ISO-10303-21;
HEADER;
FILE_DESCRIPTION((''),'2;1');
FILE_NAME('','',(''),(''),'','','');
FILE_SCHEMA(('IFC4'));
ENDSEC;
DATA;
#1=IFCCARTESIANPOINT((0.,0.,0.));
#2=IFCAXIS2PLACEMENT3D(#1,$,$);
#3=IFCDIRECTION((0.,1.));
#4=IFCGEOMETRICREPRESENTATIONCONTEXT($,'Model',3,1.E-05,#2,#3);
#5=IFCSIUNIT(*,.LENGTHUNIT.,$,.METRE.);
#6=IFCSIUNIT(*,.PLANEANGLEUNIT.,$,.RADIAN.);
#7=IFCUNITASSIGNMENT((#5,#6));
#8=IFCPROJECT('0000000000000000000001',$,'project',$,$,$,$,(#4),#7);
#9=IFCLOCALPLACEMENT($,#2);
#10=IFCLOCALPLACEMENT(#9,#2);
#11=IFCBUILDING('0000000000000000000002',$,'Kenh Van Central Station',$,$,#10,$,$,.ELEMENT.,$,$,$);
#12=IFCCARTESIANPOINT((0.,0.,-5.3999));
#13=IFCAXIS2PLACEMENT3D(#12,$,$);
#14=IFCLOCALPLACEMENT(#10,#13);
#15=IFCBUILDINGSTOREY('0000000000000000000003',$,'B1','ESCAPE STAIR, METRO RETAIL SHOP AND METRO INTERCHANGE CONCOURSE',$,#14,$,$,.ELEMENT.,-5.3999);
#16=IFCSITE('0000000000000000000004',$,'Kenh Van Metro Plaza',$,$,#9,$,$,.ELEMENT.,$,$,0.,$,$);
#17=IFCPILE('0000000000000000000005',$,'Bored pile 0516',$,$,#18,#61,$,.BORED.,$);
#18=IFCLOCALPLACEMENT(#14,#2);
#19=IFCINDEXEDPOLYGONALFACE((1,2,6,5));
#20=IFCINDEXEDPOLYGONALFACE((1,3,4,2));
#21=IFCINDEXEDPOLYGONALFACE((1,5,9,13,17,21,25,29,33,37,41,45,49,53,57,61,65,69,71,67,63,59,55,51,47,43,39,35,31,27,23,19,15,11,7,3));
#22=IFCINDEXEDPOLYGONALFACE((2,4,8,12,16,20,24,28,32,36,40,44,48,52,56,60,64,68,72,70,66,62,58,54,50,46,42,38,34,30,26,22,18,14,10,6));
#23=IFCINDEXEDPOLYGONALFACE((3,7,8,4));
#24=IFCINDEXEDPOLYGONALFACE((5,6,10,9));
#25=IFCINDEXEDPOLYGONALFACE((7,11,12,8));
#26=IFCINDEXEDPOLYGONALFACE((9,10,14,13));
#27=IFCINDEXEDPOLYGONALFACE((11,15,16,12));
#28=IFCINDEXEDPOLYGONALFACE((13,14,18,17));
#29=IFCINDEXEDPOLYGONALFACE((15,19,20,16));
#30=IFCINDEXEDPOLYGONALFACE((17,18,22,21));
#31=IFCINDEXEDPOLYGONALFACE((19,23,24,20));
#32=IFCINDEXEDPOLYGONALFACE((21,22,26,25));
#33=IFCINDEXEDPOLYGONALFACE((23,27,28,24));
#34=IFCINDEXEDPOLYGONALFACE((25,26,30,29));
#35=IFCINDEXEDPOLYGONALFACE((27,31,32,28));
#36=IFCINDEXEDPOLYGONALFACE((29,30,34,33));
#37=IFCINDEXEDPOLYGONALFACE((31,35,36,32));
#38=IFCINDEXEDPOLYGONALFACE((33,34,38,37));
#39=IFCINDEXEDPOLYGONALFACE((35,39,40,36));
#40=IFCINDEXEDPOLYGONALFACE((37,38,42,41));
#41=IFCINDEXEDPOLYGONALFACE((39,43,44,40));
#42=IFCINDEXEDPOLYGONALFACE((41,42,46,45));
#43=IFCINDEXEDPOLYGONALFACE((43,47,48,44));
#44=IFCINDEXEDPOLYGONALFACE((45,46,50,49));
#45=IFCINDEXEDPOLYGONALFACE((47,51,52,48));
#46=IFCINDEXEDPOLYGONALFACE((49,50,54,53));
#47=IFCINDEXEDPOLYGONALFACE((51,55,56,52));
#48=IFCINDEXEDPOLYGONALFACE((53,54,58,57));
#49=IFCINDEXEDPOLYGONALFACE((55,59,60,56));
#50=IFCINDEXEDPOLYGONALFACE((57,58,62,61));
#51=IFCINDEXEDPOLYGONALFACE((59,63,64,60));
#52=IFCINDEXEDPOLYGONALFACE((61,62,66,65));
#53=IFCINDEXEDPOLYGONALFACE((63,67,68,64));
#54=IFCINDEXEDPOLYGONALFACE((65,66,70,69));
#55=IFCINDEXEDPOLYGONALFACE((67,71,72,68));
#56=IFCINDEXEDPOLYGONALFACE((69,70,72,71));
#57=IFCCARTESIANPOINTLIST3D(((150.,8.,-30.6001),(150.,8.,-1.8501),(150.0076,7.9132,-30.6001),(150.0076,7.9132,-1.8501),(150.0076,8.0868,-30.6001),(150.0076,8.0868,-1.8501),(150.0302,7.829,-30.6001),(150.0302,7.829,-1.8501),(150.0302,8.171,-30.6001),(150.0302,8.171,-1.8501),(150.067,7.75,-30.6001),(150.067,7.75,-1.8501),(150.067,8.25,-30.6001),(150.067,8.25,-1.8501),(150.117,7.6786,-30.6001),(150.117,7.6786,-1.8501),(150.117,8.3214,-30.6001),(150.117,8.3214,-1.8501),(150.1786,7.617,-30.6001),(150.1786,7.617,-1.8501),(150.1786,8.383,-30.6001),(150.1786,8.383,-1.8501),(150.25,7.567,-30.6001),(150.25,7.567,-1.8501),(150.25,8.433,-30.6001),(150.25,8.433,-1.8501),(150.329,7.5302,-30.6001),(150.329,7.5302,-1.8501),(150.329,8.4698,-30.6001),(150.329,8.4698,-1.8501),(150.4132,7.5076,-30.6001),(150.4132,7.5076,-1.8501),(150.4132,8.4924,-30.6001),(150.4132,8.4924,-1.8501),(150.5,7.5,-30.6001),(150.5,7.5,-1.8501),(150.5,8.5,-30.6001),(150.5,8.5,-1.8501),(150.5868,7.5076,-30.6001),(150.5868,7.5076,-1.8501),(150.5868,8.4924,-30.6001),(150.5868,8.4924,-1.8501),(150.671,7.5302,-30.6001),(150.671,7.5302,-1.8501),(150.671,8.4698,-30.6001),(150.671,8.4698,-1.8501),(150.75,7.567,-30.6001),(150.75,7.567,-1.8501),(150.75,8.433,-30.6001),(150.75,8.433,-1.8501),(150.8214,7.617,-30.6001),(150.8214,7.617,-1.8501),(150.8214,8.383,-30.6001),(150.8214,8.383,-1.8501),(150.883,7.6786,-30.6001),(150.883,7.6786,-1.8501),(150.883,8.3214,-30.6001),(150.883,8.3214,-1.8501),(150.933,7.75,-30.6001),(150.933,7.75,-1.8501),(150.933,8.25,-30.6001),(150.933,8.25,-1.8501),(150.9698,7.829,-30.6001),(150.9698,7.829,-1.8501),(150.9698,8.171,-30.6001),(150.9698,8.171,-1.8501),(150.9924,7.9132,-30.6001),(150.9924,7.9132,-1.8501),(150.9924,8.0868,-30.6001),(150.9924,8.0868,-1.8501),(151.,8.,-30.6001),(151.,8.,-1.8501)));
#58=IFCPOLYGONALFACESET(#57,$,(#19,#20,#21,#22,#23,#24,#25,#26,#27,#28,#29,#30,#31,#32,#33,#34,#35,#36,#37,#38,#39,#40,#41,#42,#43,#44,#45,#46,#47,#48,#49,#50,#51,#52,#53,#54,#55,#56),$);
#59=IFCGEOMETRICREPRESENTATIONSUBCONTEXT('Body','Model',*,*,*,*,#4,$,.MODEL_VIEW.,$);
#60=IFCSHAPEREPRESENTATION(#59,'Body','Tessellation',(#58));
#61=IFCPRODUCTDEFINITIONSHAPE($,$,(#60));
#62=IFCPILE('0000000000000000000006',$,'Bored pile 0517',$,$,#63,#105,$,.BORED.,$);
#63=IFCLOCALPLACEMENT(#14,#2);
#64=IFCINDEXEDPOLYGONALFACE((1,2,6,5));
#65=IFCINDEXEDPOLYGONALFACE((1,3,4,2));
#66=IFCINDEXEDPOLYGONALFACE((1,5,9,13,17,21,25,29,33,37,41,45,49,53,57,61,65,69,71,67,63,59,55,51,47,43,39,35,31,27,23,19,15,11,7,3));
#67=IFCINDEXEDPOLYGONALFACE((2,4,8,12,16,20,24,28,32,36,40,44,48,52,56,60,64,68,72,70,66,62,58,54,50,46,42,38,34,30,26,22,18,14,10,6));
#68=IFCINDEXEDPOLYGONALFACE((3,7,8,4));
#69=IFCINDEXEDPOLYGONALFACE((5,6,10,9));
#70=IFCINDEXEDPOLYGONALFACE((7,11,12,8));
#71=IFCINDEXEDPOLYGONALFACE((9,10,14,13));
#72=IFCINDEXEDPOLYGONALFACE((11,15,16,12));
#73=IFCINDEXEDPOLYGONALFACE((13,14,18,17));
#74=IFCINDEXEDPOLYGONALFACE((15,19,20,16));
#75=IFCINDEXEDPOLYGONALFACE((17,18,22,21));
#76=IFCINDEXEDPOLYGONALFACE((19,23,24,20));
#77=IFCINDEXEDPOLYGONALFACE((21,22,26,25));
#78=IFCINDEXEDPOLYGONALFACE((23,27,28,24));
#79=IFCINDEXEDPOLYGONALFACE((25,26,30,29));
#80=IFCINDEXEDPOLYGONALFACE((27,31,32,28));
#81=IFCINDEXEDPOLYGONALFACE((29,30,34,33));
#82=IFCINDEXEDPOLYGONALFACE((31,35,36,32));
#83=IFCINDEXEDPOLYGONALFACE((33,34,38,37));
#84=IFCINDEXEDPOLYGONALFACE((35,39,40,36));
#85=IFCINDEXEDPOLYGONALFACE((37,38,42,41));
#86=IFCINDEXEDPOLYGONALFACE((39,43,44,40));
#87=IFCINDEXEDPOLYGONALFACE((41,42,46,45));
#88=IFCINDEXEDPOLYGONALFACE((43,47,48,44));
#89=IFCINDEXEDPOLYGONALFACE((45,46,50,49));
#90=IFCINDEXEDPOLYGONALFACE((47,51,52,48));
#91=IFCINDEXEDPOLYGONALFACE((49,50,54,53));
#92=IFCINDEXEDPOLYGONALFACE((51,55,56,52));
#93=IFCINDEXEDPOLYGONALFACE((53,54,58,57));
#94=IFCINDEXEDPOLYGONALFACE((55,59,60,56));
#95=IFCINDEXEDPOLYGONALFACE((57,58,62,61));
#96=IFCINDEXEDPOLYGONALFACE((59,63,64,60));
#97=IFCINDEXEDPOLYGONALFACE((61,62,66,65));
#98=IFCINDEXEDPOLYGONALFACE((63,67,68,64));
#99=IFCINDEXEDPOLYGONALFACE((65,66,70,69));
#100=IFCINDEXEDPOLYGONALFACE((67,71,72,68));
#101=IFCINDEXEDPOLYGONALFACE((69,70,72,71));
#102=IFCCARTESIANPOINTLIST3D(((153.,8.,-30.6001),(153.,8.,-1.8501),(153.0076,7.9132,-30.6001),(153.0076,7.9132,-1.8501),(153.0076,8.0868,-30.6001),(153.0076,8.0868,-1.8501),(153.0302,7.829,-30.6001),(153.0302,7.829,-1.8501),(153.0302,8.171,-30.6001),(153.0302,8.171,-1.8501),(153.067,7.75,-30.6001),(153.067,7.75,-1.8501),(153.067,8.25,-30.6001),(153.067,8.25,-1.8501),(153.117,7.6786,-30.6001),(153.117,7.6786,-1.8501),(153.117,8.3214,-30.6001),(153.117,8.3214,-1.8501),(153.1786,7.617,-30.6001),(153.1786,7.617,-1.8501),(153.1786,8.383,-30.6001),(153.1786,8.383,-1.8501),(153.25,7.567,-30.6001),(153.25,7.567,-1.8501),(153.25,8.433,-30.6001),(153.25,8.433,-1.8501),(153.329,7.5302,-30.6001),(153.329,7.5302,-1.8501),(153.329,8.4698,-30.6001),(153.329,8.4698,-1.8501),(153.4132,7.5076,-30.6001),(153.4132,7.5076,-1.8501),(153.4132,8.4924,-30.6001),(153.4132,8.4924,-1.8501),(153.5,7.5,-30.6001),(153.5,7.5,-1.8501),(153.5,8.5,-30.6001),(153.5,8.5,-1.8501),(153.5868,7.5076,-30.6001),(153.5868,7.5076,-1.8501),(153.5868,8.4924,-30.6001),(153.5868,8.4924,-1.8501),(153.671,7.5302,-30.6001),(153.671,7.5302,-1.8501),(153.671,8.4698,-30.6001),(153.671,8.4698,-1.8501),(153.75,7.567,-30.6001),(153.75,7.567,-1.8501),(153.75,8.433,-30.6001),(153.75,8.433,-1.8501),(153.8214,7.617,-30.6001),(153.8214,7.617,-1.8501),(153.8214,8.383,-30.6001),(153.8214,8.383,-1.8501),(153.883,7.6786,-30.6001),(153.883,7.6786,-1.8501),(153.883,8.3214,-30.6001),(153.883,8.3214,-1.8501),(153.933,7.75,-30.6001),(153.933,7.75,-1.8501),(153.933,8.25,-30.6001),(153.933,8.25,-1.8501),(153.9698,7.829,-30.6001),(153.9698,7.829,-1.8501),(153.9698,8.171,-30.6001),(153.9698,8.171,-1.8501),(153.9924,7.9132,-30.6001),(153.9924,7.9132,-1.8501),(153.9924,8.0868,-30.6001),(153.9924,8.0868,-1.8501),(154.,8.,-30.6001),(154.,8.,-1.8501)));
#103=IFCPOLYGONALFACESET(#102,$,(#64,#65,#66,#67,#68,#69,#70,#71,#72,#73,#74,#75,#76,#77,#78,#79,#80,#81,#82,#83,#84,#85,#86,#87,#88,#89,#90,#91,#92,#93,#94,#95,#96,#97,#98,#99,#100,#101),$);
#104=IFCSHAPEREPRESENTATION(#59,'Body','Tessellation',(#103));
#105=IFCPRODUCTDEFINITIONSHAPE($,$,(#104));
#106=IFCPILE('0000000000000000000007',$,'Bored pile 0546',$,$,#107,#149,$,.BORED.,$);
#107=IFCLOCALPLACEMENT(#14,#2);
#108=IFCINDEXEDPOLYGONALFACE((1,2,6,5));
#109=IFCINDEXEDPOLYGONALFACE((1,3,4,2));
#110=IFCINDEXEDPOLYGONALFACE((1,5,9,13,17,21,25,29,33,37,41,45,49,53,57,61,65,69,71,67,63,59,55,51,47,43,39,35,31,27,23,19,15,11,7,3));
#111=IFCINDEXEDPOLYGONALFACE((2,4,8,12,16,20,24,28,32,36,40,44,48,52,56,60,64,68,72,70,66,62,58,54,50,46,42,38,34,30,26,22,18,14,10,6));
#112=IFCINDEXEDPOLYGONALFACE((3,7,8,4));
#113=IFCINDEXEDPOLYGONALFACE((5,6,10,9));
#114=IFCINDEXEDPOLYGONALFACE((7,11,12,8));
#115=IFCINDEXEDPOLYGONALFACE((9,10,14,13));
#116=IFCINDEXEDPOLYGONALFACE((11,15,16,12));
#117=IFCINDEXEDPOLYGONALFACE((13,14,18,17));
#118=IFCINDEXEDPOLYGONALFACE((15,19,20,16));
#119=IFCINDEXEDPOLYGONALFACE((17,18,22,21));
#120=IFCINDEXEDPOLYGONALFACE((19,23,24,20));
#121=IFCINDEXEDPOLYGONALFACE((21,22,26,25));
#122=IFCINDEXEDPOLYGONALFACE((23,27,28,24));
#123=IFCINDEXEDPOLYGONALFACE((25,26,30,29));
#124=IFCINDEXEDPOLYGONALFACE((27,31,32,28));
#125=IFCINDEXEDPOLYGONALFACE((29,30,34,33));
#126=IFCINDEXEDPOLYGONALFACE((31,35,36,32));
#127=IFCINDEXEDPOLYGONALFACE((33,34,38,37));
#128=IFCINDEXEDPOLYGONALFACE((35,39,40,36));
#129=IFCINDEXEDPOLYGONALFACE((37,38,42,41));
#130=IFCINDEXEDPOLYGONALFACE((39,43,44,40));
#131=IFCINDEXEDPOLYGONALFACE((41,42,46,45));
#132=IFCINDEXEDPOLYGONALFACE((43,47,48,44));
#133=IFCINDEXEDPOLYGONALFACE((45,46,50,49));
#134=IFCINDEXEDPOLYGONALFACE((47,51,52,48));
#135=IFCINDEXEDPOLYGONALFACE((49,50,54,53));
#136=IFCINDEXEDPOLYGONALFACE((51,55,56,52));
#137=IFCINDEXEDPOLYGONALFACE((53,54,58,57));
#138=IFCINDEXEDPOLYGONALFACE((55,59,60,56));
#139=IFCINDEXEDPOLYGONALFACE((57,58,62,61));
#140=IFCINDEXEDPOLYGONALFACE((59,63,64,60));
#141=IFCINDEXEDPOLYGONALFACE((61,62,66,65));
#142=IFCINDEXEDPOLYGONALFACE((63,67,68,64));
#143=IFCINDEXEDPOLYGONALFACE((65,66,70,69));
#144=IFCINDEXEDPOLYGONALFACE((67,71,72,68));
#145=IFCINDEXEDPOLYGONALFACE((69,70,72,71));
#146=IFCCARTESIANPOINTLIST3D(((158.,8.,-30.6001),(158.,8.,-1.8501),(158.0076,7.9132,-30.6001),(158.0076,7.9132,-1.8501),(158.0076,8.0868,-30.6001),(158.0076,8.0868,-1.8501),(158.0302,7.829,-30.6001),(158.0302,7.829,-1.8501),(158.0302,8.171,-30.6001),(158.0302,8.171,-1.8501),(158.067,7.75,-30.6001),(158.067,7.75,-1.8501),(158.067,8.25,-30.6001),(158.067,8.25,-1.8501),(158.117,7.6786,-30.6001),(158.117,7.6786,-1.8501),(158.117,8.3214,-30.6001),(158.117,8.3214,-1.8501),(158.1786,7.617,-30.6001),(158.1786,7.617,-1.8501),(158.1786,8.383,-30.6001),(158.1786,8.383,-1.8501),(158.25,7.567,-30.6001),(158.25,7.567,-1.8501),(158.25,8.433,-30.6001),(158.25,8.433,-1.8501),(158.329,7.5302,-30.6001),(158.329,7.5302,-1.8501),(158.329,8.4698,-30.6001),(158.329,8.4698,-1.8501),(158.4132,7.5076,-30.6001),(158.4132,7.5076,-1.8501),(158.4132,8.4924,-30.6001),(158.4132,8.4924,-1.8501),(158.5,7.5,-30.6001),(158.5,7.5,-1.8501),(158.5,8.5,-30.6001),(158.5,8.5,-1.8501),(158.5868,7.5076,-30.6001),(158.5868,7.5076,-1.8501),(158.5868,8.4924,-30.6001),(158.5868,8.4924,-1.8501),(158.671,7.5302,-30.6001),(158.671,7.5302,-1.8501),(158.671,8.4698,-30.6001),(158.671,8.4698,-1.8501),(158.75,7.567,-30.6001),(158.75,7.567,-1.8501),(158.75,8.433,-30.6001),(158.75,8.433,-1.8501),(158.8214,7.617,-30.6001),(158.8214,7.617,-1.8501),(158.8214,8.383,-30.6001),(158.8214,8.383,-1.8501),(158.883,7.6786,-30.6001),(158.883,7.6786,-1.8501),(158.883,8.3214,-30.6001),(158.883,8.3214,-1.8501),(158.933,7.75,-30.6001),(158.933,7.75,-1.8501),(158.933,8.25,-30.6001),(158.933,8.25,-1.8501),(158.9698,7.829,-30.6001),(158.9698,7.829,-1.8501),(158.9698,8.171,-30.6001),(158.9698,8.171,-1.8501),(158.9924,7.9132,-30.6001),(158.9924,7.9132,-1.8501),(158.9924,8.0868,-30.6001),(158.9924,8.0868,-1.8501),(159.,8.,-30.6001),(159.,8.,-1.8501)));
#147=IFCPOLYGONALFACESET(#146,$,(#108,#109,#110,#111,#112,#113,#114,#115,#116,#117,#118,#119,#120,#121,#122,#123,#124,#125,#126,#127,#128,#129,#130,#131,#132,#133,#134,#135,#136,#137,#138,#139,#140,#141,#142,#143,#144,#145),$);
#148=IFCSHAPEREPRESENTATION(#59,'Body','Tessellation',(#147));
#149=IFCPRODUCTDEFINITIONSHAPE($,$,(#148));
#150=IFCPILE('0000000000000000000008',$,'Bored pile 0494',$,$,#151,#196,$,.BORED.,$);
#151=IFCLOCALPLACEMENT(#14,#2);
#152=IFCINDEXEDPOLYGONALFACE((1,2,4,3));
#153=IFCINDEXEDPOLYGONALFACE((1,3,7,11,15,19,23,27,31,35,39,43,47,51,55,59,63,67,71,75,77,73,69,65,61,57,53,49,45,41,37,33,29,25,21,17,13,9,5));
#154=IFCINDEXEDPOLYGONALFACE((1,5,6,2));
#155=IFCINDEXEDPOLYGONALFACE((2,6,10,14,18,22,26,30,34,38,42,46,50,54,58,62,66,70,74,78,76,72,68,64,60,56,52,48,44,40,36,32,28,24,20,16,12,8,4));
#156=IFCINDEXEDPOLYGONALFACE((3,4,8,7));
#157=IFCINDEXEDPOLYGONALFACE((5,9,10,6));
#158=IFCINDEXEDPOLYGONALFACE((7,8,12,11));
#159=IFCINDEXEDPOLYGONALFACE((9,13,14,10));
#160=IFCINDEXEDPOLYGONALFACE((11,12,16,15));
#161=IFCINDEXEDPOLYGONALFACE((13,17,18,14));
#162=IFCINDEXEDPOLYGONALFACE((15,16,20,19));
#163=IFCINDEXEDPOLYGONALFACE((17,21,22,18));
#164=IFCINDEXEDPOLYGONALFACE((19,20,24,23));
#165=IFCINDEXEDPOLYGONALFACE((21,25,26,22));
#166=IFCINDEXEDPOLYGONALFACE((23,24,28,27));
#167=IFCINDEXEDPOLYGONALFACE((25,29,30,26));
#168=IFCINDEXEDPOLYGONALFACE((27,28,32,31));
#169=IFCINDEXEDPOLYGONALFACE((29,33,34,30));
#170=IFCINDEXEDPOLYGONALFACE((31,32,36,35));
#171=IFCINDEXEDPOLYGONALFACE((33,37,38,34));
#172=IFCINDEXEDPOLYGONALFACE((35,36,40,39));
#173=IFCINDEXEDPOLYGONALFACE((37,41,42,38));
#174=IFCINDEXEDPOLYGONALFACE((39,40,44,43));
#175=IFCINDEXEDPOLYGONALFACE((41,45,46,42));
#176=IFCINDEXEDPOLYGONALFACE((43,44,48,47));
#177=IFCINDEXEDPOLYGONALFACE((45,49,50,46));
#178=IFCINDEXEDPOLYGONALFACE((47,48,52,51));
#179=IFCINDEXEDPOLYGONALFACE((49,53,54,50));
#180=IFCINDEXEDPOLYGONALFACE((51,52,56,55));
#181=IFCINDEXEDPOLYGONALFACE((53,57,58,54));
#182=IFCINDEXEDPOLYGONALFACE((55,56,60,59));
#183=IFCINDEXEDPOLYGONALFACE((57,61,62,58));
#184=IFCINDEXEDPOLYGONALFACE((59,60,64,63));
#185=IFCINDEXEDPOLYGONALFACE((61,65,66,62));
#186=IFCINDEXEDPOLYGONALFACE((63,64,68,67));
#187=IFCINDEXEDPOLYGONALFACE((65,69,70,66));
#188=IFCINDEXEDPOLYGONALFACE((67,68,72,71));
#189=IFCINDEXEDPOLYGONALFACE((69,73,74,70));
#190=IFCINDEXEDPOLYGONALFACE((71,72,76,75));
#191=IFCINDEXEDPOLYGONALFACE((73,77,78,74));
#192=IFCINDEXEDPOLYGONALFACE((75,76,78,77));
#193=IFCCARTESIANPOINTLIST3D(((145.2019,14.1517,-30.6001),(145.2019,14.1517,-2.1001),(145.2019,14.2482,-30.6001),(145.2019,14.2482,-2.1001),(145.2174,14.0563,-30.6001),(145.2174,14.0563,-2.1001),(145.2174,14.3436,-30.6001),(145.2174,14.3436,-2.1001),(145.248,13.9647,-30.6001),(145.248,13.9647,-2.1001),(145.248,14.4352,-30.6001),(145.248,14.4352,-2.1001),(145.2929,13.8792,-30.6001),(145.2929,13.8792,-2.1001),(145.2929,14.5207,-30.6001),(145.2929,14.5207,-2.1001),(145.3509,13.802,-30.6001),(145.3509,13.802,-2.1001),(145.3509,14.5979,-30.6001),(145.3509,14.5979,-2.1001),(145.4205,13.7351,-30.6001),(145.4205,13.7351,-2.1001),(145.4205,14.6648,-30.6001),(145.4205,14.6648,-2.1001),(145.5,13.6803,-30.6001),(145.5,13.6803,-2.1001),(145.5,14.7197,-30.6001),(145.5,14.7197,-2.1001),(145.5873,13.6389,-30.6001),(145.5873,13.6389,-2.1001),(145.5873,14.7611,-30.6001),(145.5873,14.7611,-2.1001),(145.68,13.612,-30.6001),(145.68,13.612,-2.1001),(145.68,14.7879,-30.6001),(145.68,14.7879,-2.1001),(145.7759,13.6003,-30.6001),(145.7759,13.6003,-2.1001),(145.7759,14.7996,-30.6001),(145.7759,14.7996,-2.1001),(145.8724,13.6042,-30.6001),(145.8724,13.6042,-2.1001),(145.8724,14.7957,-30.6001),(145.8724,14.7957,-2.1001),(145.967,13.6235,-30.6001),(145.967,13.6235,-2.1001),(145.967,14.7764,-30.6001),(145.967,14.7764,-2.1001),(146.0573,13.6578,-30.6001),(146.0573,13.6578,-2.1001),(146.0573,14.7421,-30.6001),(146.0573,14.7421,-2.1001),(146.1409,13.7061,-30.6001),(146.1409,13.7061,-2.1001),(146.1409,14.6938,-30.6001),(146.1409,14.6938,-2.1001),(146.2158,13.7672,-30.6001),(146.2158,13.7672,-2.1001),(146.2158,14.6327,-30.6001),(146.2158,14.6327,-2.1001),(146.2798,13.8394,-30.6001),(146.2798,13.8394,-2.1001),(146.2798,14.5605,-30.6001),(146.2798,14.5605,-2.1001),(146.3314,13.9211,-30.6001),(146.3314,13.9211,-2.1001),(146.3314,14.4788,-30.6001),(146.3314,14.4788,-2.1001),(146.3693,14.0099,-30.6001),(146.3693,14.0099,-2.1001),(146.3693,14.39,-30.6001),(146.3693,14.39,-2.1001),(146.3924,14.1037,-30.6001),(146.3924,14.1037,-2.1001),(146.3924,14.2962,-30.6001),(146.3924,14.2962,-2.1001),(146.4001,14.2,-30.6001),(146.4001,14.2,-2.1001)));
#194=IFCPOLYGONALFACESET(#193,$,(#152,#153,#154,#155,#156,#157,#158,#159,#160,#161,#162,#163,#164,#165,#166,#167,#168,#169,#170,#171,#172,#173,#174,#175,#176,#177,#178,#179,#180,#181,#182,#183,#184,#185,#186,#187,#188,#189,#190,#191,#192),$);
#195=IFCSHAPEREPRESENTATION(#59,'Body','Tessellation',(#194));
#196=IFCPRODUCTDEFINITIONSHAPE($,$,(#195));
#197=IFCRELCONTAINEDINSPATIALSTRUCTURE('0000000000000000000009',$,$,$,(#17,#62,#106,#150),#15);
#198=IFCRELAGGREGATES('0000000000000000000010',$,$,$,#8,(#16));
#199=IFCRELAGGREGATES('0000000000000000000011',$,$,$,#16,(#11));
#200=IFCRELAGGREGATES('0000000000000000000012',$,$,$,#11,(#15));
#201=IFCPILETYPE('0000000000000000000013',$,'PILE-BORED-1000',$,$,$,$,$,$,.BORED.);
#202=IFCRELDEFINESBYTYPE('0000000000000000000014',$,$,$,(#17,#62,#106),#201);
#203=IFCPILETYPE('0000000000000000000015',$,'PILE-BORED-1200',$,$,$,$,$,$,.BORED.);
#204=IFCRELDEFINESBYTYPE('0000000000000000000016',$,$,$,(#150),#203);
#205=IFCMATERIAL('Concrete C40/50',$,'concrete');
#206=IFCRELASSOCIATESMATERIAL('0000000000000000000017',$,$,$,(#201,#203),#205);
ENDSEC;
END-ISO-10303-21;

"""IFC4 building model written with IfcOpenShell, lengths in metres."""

from ifc_helpers import new_model, si_unit, direction, frame, origin, origin_2d, place, context, subcontext, project, spatial, circle, extrude, material, material_profile, profile_set, type_object, element, save


model = new_model("IFC4")

# Units and contexts
model_context = context("Model", 3, precision=1e-05, world=origin(), true_north=direction((0.0, 1.0)))
body_context = subcontext(model_context, "Body", "Model", "MODEL_VIEW")
ifc_project = project(units=[si_unit("LENGTHUNIT", "METRE"), si_unit("PLANEANGLEUNIT", "RADIAN")], contexts=[model_context])

# Site, building, storey
site_placement = place(None, origin())
site = spatial("IfcSite", under=ifc_project, at=site_placement, Name="Kenh Van Metro Plaza", CompositionType="ELEMENT", RefElevation=0.0)
building_placement = place(site_placement, origin())
building = spatial("IfcBuilding", under=site, at=building_placement, Name="Kenh Van Central Station", CompositionType="ELEMENT")
storey_placement = place(building_placement, frame((0.0, 0.0, -5.3999)))
storey = spatial("IfcBuildingStorey", under=building, at=storey_placement, Name="B1", Description="ESCAPE STAIR, METRO RETAIL SHOP AND METRO INTERCHANGE CONCOURSE", CompositionType="ELEMENT", Elevation=-5.3999)

# Shared definitions
ifc_material_1 = material(Name="Concrete C40/50", Category="concrete")

# Piles
ifc_material_profile_1 = material_profile(ifc_material_1, circle(Radius=0.5, at=origin_2d()), Name="PILE D1000")
ifc_profile_set_1 = profile_set([ifc_material_profile_1], Name="Concrete C40/50")
pile_type_1 = type_object("IfcPileType", Name="PILE-BORED-1000", PredefinedType="BORED", material=ifc_profile_set_1)
for number, where, z_axis, x_axis, name in (
    (1, (150.5, 8.0, -1.8501), (0.0, 0.0, -1.0), (1.0, 0.0, 0.0), "Bored pile 0516"),
    (2, (153.5, 8.0, -1.8501), (0.0, 0.0, -1.0), (1.0, 0.0, 0.0), "Bored pile 0517"),
    (3, (158.5, 8.0, -1.8501), (0.0, 0.0, -1.0), (1.0, 0.0, 0.0), "Bored pile 0546"),
):
    element("IfcPile", number, at=place(storey_placement, frame(where, z_axis=z_axis, x_axis=x_axis)), inside=storey, type_object=pile_type_1, Name=name, PredefinedType="BORED", context=body_context, shape_type="SweptSolid", body=[
        extrude(circle(Radius=0.5, at=origin_2d()), origin(), (0.0, 0.0, 1.0), 28.75),
    ])
ifc_material_profile_2 = material_profile(ifc_material_1, circle(Radius=0.6001, at=origin_2d()), Name="PILE D1200")
ifc_profile_set_2 = profile_set([ifc_material_profile_2], Name="Concrete C40/50")
pile_type_2 = type_object("IfcPileType", Name="PILE-BORED-1200", PredefinedType="BORED", material=ifc_profile_set_2)
for number, where, z_axis, x_axis, name in (
    (4, (145.8, 14.2, -2.1001), (0.0, 0.0, -1.0), (1.0, 0.0, 0.0), "Bored pile 0494"),
):
    element("IfcPile", number, at=place(storey_placement, frame(where, z_axis=z_axis, x_axis=x_axis)), inside=storey, type_object=pile_type_2, Name=name, PredefinedType="BORED", context=body_context, shape_type="SweptSolid", body=[
        extrude(circle(Radius=0.6001, at=origin_2d()), origin(), (0.0, 0.0, 1.0), 28.5),
    ])

save(model, "model.ifc")
